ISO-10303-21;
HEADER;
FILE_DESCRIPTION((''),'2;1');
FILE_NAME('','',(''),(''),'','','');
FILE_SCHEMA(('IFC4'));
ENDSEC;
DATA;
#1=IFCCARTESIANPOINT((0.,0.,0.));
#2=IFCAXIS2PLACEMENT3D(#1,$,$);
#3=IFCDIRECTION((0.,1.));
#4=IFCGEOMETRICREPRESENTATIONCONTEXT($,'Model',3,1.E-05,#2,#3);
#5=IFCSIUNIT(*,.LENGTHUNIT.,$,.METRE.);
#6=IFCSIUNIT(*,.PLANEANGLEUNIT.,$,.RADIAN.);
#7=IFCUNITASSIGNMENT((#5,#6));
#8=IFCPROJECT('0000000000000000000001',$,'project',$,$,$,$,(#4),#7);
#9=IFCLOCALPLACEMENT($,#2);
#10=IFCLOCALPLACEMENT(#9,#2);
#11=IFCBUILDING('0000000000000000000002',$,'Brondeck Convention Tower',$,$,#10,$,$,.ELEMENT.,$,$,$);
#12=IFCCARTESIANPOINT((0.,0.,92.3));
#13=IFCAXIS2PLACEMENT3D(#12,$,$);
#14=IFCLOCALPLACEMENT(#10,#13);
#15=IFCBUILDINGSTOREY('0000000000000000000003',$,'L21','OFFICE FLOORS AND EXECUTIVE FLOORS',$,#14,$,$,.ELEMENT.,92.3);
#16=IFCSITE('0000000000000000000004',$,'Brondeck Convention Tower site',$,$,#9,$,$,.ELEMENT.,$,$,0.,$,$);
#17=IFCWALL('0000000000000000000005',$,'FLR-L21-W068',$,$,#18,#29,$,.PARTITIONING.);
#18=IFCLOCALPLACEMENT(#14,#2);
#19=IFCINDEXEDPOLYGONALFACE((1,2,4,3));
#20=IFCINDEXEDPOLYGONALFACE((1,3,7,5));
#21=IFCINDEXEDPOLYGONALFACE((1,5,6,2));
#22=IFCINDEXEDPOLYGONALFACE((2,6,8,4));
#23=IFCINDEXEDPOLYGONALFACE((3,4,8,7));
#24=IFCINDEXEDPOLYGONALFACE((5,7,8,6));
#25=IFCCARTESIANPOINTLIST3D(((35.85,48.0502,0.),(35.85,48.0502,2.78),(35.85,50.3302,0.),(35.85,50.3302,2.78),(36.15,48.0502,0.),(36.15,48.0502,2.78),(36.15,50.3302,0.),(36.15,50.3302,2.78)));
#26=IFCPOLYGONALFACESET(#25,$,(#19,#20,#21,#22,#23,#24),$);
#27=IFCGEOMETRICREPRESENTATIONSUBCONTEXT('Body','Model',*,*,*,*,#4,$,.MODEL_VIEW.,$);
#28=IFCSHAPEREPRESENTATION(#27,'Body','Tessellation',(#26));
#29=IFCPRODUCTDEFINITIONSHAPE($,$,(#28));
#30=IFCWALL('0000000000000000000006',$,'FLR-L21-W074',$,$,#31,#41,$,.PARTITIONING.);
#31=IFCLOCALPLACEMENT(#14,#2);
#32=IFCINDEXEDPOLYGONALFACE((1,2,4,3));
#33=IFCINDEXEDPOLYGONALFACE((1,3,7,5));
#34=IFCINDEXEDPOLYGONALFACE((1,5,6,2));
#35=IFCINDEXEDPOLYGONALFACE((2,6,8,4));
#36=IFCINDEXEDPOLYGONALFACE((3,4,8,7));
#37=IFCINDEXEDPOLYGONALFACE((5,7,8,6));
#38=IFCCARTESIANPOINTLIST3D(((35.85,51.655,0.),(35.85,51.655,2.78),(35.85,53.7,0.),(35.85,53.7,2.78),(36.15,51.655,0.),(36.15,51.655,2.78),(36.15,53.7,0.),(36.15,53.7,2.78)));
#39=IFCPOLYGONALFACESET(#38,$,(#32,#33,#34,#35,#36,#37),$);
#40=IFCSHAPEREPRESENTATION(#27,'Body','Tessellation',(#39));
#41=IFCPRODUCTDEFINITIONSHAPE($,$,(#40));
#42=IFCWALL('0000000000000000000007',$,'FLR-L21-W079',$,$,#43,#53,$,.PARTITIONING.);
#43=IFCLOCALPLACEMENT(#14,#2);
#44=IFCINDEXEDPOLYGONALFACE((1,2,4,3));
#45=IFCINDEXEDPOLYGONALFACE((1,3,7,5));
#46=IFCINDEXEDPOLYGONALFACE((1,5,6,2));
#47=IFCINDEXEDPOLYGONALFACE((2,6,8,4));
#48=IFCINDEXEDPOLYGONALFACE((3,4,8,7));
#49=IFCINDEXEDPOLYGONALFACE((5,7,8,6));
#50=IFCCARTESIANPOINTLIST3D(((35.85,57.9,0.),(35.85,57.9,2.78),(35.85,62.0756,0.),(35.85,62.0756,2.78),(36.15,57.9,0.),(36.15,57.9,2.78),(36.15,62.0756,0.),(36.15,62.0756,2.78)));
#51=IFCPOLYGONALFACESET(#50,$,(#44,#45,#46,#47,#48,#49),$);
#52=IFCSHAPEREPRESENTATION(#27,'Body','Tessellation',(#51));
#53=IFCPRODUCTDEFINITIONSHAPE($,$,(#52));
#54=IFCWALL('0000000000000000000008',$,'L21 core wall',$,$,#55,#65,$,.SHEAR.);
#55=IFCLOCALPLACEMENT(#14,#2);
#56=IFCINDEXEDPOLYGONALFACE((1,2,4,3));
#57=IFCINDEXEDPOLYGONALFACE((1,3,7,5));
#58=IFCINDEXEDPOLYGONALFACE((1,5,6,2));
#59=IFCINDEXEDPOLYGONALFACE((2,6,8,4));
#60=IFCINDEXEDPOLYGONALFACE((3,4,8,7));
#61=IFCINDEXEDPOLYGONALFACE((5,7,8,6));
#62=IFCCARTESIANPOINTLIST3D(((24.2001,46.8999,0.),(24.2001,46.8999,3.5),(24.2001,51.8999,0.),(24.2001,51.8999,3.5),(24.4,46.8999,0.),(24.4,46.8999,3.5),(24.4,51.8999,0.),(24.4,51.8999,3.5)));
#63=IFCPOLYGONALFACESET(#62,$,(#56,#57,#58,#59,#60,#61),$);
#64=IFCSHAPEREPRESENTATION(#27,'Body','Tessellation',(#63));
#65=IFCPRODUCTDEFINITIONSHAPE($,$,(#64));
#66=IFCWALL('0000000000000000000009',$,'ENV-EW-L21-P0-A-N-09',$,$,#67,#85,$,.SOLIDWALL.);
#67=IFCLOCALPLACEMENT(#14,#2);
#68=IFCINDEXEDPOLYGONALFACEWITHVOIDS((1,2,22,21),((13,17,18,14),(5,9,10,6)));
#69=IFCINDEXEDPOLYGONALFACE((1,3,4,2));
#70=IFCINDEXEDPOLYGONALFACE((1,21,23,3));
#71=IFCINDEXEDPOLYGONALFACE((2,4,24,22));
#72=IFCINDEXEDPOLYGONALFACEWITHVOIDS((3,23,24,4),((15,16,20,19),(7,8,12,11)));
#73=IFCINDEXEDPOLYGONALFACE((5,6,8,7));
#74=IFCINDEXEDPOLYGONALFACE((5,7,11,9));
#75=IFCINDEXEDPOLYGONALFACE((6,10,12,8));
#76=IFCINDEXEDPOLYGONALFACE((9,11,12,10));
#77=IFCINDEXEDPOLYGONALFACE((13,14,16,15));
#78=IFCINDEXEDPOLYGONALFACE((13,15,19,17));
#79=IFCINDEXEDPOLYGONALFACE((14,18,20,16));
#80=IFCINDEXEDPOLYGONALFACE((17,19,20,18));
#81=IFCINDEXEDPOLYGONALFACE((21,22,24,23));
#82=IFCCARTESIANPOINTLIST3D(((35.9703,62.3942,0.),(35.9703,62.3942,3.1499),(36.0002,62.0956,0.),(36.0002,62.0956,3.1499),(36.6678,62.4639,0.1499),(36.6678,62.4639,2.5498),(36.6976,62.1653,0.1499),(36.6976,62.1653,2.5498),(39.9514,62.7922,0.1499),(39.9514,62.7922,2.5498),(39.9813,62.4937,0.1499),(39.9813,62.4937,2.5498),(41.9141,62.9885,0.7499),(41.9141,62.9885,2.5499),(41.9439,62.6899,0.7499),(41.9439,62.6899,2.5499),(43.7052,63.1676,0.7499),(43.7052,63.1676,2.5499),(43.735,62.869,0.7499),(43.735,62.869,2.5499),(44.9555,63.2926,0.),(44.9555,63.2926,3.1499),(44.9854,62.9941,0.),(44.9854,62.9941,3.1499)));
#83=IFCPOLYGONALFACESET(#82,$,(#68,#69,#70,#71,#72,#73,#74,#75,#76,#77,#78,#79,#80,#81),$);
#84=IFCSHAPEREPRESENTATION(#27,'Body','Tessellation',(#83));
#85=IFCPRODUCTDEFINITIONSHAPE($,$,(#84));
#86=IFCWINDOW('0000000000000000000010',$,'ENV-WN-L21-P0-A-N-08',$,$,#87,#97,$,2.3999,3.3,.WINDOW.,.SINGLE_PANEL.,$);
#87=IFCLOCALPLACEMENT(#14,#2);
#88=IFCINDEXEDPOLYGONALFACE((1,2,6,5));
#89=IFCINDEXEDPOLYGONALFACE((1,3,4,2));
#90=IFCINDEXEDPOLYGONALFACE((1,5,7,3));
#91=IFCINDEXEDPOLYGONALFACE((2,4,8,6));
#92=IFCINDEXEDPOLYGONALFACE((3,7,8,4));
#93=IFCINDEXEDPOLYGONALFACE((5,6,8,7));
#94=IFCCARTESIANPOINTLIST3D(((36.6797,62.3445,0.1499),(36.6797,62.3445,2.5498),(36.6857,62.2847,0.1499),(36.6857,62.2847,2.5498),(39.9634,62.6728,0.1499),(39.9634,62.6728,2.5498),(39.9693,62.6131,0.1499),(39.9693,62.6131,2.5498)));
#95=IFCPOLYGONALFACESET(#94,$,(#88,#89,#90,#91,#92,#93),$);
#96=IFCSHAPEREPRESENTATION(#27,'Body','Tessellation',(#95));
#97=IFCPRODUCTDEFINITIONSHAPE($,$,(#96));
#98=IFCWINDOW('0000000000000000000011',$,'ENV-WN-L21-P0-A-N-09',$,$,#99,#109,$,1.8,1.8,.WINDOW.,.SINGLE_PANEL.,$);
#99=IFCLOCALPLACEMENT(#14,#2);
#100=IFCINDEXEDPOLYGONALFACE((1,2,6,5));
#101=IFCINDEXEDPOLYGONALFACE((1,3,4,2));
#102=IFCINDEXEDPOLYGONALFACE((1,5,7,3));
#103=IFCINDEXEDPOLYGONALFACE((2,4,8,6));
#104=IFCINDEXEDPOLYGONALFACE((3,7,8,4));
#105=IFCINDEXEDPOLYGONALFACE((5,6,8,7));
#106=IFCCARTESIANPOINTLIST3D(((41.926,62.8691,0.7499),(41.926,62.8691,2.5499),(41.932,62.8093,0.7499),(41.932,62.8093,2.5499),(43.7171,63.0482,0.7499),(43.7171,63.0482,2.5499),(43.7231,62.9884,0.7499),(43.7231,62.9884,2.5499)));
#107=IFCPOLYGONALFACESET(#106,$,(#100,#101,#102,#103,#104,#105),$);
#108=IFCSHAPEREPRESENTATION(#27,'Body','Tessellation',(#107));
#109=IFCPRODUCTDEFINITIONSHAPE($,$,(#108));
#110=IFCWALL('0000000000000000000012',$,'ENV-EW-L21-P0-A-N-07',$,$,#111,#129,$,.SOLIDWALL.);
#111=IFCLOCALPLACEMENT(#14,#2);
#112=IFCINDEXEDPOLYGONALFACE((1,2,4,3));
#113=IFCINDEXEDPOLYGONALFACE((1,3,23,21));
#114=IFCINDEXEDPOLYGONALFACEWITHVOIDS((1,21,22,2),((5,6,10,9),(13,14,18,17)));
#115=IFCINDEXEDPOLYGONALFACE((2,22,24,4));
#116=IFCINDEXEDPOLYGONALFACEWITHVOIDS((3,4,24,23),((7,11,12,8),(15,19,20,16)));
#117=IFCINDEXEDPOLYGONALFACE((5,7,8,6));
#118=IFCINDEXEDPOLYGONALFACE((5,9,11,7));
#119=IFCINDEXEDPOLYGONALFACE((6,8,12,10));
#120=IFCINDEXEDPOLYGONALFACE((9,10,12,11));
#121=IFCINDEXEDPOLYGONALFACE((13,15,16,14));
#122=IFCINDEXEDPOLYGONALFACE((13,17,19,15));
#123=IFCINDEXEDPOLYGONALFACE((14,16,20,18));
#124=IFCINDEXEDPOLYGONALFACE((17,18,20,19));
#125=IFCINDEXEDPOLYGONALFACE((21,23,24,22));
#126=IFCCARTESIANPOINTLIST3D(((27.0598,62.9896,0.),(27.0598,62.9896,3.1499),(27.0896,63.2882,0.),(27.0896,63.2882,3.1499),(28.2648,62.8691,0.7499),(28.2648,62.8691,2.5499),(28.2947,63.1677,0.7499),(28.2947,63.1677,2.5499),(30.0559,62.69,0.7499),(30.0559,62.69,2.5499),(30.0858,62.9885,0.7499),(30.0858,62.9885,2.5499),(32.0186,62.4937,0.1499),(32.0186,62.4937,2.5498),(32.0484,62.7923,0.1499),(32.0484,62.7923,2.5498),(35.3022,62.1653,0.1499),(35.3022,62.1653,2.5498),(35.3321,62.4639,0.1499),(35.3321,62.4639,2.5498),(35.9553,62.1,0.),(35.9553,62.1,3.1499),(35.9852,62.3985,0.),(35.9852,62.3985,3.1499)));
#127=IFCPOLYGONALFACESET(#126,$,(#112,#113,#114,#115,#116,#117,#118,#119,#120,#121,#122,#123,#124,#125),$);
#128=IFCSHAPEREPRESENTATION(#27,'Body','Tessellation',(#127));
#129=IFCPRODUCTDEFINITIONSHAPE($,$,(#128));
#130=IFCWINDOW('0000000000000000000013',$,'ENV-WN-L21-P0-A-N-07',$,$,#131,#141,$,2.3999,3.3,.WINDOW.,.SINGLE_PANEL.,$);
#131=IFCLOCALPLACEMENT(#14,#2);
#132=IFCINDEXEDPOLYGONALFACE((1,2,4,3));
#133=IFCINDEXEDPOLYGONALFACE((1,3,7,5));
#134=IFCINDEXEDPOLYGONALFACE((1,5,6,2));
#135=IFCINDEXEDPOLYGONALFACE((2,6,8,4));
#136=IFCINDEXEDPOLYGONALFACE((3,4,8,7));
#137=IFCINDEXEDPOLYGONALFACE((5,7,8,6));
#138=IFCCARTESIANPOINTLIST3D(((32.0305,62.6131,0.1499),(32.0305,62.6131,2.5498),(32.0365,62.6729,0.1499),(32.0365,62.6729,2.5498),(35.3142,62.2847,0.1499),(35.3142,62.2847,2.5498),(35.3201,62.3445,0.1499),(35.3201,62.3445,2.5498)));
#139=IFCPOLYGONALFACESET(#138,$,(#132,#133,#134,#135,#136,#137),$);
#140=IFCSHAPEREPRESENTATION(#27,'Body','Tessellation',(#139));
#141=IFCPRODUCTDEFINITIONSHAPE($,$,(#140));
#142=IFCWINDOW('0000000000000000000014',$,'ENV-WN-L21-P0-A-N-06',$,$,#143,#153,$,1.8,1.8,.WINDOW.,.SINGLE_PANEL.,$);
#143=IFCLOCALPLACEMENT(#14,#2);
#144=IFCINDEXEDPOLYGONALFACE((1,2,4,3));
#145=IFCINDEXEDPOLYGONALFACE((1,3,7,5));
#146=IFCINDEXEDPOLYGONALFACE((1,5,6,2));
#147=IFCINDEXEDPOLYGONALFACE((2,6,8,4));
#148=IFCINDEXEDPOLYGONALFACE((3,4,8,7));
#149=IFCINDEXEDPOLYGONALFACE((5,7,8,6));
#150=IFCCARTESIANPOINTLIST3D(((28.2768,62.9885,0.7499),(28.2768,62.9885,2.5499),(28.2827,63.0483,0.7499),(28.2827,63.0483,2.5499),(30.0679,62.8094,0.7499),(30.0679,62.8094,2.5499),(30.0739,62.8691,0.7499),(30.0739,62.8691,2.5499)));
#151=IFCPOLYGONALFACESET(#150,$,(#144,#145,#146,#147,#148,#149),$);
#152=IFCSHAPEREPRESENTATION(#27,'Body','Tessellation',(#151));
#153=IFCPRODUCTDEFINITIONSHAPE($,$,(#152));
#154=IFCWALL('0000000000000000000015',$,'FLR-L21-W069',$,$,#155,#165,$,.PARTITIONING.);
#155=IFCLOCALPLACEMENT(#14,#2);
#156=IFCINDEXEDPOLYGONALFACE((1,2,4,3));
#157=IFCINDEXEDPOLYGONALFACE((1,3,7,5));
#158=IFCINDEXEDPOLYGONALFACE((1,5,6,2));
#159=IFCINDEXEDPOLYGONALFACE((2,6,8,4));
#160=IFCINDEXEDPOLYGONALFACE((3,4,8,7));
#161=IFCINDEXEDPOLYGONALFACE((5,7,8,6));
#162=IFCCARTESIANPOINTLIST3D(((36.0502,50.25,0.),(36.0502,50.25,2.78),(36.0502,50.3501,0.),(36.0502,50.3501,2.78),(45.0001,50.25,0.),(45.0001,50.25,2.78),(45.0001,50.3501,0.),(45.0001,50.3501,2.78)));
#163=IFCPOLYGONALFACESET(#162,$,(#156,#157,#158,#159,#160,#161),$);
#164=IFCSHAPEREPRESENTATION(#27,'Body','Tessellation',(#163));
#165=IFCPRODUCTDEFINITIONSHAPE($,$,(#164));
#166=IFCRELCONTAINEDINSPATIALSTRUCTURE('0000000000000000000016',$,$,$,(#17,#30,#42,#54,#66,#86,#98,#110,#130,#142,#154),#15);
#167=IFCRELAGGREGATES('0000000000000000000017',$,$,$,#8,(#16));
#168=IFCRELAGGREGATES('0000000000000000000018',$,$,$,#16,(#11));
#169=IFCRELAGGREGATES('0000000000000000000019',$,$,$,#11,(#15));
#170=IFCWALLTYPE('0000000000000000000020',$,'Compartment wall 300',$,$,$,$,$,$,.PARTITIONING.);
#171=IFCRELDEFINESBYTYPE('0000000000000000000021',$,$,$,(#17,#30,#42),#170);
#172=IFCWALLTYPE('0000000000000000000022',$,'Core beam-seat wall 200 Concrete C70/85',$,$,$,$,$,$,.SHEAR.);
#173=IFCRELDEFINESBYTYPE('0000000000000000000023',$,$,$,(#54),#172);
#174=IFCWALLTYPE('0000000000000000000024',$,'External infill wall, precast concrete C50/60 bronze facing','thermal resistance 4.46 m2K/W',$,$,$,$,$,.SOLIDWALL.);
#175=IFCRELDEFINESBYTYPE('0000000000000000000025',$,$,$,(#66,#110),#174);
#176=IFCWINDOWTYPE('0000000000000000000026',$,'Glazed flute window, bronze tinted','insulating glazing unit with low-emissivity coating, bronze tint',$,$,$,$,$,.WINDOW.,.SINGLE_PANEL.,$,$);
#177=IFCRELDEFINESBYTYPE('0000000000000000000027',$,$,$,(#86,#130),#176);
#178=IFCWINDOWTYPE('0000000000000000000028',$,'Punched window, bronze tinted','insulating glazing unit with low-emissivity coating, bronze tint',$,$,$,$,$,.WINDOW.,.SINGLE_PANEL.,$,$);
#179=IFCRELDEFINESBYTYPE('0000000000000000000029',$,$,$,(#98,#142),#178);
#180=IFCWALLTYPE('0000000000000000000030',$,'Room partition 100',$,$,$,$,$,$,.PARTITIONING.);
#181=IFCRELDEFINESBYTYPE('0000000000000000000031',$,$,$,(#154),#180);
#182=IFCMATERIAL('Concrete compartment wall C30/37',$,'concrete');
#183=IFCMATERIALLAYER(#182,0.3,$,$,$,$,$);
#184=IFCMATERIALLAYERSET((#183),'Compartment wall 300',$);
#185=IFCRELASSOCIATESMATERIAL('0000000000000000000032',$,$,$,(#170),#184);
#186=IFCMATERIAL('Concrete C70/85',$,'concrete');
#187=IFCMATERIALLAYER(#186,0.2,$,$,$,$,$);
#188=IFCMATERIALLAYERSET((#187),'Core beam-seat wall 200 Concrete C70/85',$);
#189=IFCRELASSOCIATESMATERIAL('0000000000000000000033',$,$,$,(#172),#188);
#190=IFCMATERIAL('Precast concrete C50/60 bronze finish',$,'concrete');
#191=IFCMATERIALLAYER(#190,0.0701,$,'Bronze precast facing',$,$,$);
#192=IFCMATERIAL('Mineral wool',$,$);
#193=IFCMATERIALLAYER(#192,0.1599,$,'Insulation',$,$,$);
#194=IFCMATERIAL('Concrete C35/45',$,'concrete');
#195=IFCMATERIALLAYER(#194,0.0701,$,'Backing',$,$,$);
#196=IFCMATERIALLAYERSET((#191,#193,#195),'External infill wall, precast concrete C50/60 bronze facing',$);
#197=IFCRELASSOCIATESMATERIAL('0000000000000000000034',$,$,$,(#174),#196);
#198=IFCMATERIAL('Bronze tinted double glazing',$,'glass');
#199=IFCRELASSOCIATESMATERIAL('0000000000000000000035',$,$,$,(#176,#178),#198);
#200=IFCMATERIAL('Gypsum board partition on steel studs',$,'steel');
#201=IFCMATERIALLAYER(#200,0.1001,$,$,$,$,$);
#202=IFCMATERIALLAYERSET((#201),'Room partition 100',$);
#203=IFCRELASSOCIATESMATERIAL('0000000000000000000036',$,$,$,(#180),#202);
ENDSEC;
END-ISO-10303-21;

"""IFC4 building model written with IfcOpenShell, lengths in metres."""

from ifc_helpers import new_model, si_unit, direction, frame, frame_2d, origin, place, context, subcontext, project, spatial, rectangle, extrude, material, layer, layer_set, type_object, element, fill, save


model = new_model("IFC4")

# Units and contexts
model_context = context("Model", 3, precision=1e-05, world=origin(), true_north=direction((0.0, 1.0)))
body_context = subcontext(model_context, "Body", "Model", "MODEL_VIEW")
ifc_project = project(units=[si_unit("LENGTHUNIT", "METRE"), si_unit("PLANEANGLEUNIT", "RADIAN")], contexts=[model_context])

# Site, building, storey
site_placement = place(None, origin())
site = spatial("IfcSite", under=ifc_project, at=site_placement, Name="Brondeck Convention Tower site", CompositionType="ELEMENT", RefElevation=0.0)
building_placement = place(site_placement, origin())
building = spatial("IfcBuilding", under=site, at=building_placement, Name="Brondeck Convention Tower", CompositionType="ELEMENT")
storey_placement = place(building_placement, frame((0.0, 0.0, 92.3)))
storey = spatial("IfcBuildingStorey", under=building, at=storey_placement, Name="L21", Description="OFFICE FLOORS AND EXECUTIVE FLOORS", CompositionType="ELEMENT", Elevation=92.3)

# Shared definitions
ifc_material_1 = material(Name="Concrete C70/85", Category="concrete")

# Walls
ifc_material_2 = material(Name="Concrete compartment wall C30/37", Category="concrete")
ifc_layer_1 = layer(ifc_material_2, 0.3)
ifc_layer_set_1 = layer_set([ifc_layer_1], Name="Compartment wall 300")
wall_type_1 = type_object("IfcWallType", Name="Compartment wall 300", PredefinedType="PARTITIONING", material=ifc_layer_set_1)
wall_1_placement = place(storey_placement, frame((36.0, 48.05, 0.0), z_axis=(0.0, 0.0, 1.0), x_axis=(0.0, 1.0, 0.0)))
element("IfcWall", 1, at=wall_1_placement, inside=storey, type_object=wall_type_1, Name="FLR-L21-W068", PredefinedType="PARTITIONING", context=body_context, shape_type="SweptSolid", body=[
    extrude(rectangle(XDim=2.28, YDim=0.3, at=frame_2d((1.1401, 0.0))), origin(), (0.0, 0.0, 1.0), 2.78),
])
wall_2_placement = place(storey_placement, frame((36.0, 51.655, 0.0), z_axis=(0.0, 0.0, 1.0), x_axis=(0.0, 1.0, 0.0)))
element("IfcWall", 2, at=wall_2_placement, inside=storey, type_object=wall_type_1, Name="FLR-L21-W074", PredefinedType="PARTITIONING", context=body_context, shape_type="SweptSolid", body=[
    extrude(rectangle(XDim=2.0449, YDim=0.3, at=frame_2d((1.0225, 0.0))), origin(), (0.0, 0.0, 1.0), 2.78),
])
wall_3_placement = place(storey_placement, frame((36.0, 57.8999, 0.0), z_axis=(0.0, 0.0, 1.0), x_axis=(0.0, 1.0, 0.0)))
element("IfcWall", 3, at=wall_3_placement, inside=storey, type_object=wall_type_1, Name="FLR-L21-W079", PredefinedType="PARTITIONING", context=body_context, shape_type="SweptSolid", body=[
    extrude(rectangle(XDim=4.1755, YDim=0.3, at=frame_2d((2.0879, 0.0))), origin(), (0.0, 0.0, 1.0), 2.78),
])
ifc_layer_2 = layer(ifc_material_1, 0.2)
ifc_layer_set_2 = layer_set([ifc_layer_2], Name="Core beam-seat wall 200 Concrete C70/85")
wall_type_2 = type_object("IfcWallType", Name="Core beam-seat wall 200 Concrete C70/85", PredefinedType="SHEAR", material=ifc_layer_set_2)
wall_4_placement = place(storey_placement, frame((24.3, 46.8999, 0.0), z_axis=(0.0, 0.0, 1.0), x_axis=(0.0, 1.0, 0.0)))
element("IfcWall", 4, at=wall_4_placement, inside=storey, type_object=wall_type_2, Name="L21 core wall", PredefinedType="SHEAR", context=body_context, shape_type="SweptSolid", body=[
    extrude(rectangle(XDim=5.0, YDim=0.2, at=frame_2d((2.5, 0.0))), origin(), (0.0, 0.0, 1.0), 3.5),
])

# Walls, openings, windows
ifc_material_3 = material(Name="Precast concrete C50/60 bronze finish", Category="concrete")
ifc_layer_3 = layer(ifc_material_3, 0.0701, Name="Bronze precast facing")
ifc_material_4 = material(Name="Mineral wool")
ifc_layer_4 = layer(ifc_material_4, 0.1599, Name="Insulation")
ifc_material_5 = material(Name="Concrete C35/45", Category="concrete")
ifc_layer_5 = layer(ifc_material_5, 0.0701, Name="Backing")
ifc_layer_set_3 = layer_set([ifc_layer_3, ifc_layer_4, ifc_layer_5], Name="External infill wall, precast concrete C50/60 bronze facing")
wall_type_3 = type_object("IfcWallType", Name="External infill wall, precast concrete C50/60 bronze facing", Description="thermal resistance 4.46 m2K/W", PredefinedType="SOLIDWALL", material=ifc_layer_set_3)
wall_5_placement = place(storey_placement, frame((35.9851, 62.2449, 0.0), z_axis=(0.0, 0.0, 1.0), x_axis=(0.995038, 0.099496, 0.0)))
wall_5 = element("IfcWall", 5, at=wall_5_placement, inside=storey, type_object=wall_type_3, Name="ENV-EW-L21-P0-A-N-09", PredefinedType="SOLIDWALL", context=body_context, shape_type="SweptSolid", body=[
    extrude(rectangle(XDim=9.03, YDim=0.3, at=frame_2d((4.5151, 0.0))), origin(), (0.0, 0.0, 1.0), 3.1499),
])
opening_1_placement = place(wall_5_placement, frame((0.7012, 0.0, 0.1499)))
opening_1 = element("IfcOpeningElement", 6, at=opening_1_placement, cuts=wall_5, PredefinedType="OPENING", context=body_context, shape_type="SweptSolid", body=[
    extrude(rectangle(XDim=3.3, YDim=2.3999, at=frame_2d((1.6499, 1.2))), frame((0.0, 0.1599, 0.0), z_axis=(0.0, -1.0, 0.0), x_axis=(1.0, 0.0, 0.0)), (0.0, 0.0, 1.0), 0.3201),
])
opening_2_placement = place(wall_5_placement, frame((5.9736, 0.0, 0.75)))
opening_2 = element("IfcOpeningElement", 7, at=opening_2_placement, cuts=wall_5, PredefinedType="OPENING", context=body_context, shape_type="SweptSolid", body=[
    extrude(rectangle(XDim=1.8, YDim=1.8, at=frame_2d((0.8999, 0.8999))), frame((0.0, 0.1599, 0.0), z_axis=(0.0, -1.0, 0.0), x_axis=(1.0, 0.0, 0.0)), (0.0, 0.0, 1.0), 0.3201),
])
ifc_material_6 = material(Name="Bronze tinted double glazing", Category="glass")
window_type_1 = type_object("IfcWindowType", Name="Glazed flute window, bronze tinted", Description="insulating glazing unit with low-emissivity coating, bronze tint", PartitioningType="SINGLE_PANEL", PredefinedType="WINDOW", material=ifc_material_6)
window_1_placement = place(opening_1_placement, origin())
window_1 = element("IfcWindow", 8, at=window_1_placement, inside=storey, type_object=window_type_1, Name="ENV-WN-L21-P0-A-N-08", OverallHeight=2.3999, OverallWidth=3.3, PartitioningType="SINGLE_PANEL", PredefinedType="WINDOW", context=body_context, shape_type="SweptSolid", body=[
    extrude(rectangle(XDim=3.3, YDim=2.3999, at=frame_2d((1.6499, 1.2))), frame((0.0, 0.03, 0.0), z_axis=(0.0, -1.0, 0.0), x_axis=(1.0, 0.0, 0.0)), (0.0, 0.0, 1.0), 0.0601),
])
fill(opening_1, window_1)
window_type_2 = type_object("IfcWindowType", Name="Punched window, bronze tinted", Description="insulating glazing unit with low-emissivity coating, bronze tint", PartitioningType="SINGLE_PANEL", PredefinedType="WINDOW", material=ifc_material_6)
window_2_placement = place(opening_2_placement, origin())
window_2 = element("IfcWindow", 9, at=window_2_placement, inside=storey, type_object=window_type_2, Name="ENV-WN-L21-P0-A-N-09", OverallHeight=1.8, OverallWidth=1.8, PartitioningType="SINGLE_PANEL", PredefinedType="WINDOW", context=body_context, shape_type="SweptSolid", body=[
    extrude(rectangle(XDim=1.8, YDim=1.8, at=frame_2d((0.8999, 0.8999))), frame((0.0, 0.03, 0.0), z_axis=(0.0, -1.0, 0.0), x_axis=(1.0, 0.0, 0.0)), (0.0, 0.0, 1.0), 0.0601),
])
fill(opening_2, window_2)
wall_6_placement = place(storey_placement, frame((27.0747, 63.1389, 0.0), z_axis=(0.0, 0.0, 1.0), x_axis=(0.995036, -0.099515, 0.0)))
wall_6 = element("IfcWall", 10, at=wall_6_placement, inside=storey, type_object=wall_type_3, Name="ENV-EW-L21-P0-A-N-07", PredefinedType="SOLIDWALL", context=body_context, shape_type="SweptSolid", body=[
    extrude(rectangle(XDim=8.9399, YDim=0.3, at=frame_2d((4.47, 0.0))), origin(), (0.0, 0.0, 1.0), 3.1499),
])
opening_3_placement = place(wall_6_placement, frame((1.2112, 0.0, 0.75)))
opening_3 = element("IfcOpeningElement", 11, at=opening_3_placement, cuts=wall_6, PredefinedType="OPENING", context=body_context, shape_type="SweptSolid", body=[
    extrude(rectangle(XDim=1.8, YDim=1.8, at=frame_2d((0.8999, 0.8999))), frame((0.0, 0.1599, 0.0), z_axis=(0.0, -1.0, 0.0), x_axis=(1.0, 0.0, 0.0)), (0.0, 0.0, 1.0), 0.3201),
])
opening_4_placement = place(wall_6_placement, frame((4.9836, 0.0, 0.1499)))
opening_4 = element("IfcOpeningElement", 12, at=opening_4_placement, cuts=wall_6, PredefinedType="OPENING", context=body_context, shape_type="SweptSolid", body=[
    extrude(rectangle(XDim=3.3, YDim=2.3999, at=frame_2d((1.6499, 1.2))), frame((0.0, 0.1599, 0.0), z_axis=(0.0, -1.0, 0.0), x_axis=(1.0, 0.0, 0.0)), (0.0, 0.0, 1.0), 0.3201),
])
window_3_placement = place(opening_4_placement, origin())
window_3 = element("IfcWindow", 13, at=window_3_placement, inside=storey, type_object=window_type_1, Name="ENV-WN-L21-P0-A-N-07", OverallHeight=2.3999, OverallWidth=3.3, PartitioningType="SINGLE_PANEL", PredefinedType="WINDOW", context=body_context, shape_type="SweptSolid", body=[
    extrude(rectangle(XDim=3.3, YDim=2.3999, at=frame_2d((1.6499, 1.2))), frame((0.0, 0.03, 0.0), z_axis=(0.0, -1.0, 0.0), x_axis=(1.0, 0.0, 0.0)), (0.0, 0.0, 1.0), 0.0601),
])
fill(opening_4, window_3)
window_4_placement = place(opening_3_placement, origin())
window_4 = element("IfcWindow", 14, at=window_4_placement, inside=storey, type_object=window_type_2, Name="ENV-WN-L21-P0-A-N-06", OverallHeight=1.8, OverallWidth=1.8, PartitioningType="SINGLE_PANEL", PredefinedType="WINDOW", context=body_context, shape_type="SweptSolid", body=[
    extrude(rectangle(XDim=1.8, YDim=1.8, at=frame_2d((0.8999, 0.8999))), frame((0.0, 0.03, 0.0), z_axis=(0.0, -1.0, 0.0), x_axis=(1.0, 0.0, 0.0)), (0.0, 0.0, 1.0), 0.0601),
])
fill(opening_3, window_4)

# Wall
ifc_material_7 = material(Name="Gypsum board partition on steel studs", Category="steel")
ifc_layer_6 = layer(ifc_material_7, 0.1001)
ifc_layer_set_4 = layer_set([ifc_layer_6], Name="Room partition 100")
wall_type_4 = type_object("IfcWallType", Name="Room partition 100", PredefinedType="PARTITIONING", material=ifc_layer_set_4)
wall_7_placement = place(storey_placement, frame((36.05, 50.3, 0.0), z_axis=(0.0, 0.0, 1.0), x_axis=(1.0, 0.0, 0.0)))
element("IfcWall", 15, at=wall_7_placement, inside=storey, type_object=wall_type_4, Name="FLR-L21-W069", PredefinedType="PARTITIONING", context=body_context, shape_type="SweptSolid", body=[
    extrude(rectangle(XDim=8.95, YDim=0.1001, at=frame_2d((4.4751, 0.0))), origin(), (0.0, 0.0, 1.0), 2.78),
])

save(model, "model.ifc")
